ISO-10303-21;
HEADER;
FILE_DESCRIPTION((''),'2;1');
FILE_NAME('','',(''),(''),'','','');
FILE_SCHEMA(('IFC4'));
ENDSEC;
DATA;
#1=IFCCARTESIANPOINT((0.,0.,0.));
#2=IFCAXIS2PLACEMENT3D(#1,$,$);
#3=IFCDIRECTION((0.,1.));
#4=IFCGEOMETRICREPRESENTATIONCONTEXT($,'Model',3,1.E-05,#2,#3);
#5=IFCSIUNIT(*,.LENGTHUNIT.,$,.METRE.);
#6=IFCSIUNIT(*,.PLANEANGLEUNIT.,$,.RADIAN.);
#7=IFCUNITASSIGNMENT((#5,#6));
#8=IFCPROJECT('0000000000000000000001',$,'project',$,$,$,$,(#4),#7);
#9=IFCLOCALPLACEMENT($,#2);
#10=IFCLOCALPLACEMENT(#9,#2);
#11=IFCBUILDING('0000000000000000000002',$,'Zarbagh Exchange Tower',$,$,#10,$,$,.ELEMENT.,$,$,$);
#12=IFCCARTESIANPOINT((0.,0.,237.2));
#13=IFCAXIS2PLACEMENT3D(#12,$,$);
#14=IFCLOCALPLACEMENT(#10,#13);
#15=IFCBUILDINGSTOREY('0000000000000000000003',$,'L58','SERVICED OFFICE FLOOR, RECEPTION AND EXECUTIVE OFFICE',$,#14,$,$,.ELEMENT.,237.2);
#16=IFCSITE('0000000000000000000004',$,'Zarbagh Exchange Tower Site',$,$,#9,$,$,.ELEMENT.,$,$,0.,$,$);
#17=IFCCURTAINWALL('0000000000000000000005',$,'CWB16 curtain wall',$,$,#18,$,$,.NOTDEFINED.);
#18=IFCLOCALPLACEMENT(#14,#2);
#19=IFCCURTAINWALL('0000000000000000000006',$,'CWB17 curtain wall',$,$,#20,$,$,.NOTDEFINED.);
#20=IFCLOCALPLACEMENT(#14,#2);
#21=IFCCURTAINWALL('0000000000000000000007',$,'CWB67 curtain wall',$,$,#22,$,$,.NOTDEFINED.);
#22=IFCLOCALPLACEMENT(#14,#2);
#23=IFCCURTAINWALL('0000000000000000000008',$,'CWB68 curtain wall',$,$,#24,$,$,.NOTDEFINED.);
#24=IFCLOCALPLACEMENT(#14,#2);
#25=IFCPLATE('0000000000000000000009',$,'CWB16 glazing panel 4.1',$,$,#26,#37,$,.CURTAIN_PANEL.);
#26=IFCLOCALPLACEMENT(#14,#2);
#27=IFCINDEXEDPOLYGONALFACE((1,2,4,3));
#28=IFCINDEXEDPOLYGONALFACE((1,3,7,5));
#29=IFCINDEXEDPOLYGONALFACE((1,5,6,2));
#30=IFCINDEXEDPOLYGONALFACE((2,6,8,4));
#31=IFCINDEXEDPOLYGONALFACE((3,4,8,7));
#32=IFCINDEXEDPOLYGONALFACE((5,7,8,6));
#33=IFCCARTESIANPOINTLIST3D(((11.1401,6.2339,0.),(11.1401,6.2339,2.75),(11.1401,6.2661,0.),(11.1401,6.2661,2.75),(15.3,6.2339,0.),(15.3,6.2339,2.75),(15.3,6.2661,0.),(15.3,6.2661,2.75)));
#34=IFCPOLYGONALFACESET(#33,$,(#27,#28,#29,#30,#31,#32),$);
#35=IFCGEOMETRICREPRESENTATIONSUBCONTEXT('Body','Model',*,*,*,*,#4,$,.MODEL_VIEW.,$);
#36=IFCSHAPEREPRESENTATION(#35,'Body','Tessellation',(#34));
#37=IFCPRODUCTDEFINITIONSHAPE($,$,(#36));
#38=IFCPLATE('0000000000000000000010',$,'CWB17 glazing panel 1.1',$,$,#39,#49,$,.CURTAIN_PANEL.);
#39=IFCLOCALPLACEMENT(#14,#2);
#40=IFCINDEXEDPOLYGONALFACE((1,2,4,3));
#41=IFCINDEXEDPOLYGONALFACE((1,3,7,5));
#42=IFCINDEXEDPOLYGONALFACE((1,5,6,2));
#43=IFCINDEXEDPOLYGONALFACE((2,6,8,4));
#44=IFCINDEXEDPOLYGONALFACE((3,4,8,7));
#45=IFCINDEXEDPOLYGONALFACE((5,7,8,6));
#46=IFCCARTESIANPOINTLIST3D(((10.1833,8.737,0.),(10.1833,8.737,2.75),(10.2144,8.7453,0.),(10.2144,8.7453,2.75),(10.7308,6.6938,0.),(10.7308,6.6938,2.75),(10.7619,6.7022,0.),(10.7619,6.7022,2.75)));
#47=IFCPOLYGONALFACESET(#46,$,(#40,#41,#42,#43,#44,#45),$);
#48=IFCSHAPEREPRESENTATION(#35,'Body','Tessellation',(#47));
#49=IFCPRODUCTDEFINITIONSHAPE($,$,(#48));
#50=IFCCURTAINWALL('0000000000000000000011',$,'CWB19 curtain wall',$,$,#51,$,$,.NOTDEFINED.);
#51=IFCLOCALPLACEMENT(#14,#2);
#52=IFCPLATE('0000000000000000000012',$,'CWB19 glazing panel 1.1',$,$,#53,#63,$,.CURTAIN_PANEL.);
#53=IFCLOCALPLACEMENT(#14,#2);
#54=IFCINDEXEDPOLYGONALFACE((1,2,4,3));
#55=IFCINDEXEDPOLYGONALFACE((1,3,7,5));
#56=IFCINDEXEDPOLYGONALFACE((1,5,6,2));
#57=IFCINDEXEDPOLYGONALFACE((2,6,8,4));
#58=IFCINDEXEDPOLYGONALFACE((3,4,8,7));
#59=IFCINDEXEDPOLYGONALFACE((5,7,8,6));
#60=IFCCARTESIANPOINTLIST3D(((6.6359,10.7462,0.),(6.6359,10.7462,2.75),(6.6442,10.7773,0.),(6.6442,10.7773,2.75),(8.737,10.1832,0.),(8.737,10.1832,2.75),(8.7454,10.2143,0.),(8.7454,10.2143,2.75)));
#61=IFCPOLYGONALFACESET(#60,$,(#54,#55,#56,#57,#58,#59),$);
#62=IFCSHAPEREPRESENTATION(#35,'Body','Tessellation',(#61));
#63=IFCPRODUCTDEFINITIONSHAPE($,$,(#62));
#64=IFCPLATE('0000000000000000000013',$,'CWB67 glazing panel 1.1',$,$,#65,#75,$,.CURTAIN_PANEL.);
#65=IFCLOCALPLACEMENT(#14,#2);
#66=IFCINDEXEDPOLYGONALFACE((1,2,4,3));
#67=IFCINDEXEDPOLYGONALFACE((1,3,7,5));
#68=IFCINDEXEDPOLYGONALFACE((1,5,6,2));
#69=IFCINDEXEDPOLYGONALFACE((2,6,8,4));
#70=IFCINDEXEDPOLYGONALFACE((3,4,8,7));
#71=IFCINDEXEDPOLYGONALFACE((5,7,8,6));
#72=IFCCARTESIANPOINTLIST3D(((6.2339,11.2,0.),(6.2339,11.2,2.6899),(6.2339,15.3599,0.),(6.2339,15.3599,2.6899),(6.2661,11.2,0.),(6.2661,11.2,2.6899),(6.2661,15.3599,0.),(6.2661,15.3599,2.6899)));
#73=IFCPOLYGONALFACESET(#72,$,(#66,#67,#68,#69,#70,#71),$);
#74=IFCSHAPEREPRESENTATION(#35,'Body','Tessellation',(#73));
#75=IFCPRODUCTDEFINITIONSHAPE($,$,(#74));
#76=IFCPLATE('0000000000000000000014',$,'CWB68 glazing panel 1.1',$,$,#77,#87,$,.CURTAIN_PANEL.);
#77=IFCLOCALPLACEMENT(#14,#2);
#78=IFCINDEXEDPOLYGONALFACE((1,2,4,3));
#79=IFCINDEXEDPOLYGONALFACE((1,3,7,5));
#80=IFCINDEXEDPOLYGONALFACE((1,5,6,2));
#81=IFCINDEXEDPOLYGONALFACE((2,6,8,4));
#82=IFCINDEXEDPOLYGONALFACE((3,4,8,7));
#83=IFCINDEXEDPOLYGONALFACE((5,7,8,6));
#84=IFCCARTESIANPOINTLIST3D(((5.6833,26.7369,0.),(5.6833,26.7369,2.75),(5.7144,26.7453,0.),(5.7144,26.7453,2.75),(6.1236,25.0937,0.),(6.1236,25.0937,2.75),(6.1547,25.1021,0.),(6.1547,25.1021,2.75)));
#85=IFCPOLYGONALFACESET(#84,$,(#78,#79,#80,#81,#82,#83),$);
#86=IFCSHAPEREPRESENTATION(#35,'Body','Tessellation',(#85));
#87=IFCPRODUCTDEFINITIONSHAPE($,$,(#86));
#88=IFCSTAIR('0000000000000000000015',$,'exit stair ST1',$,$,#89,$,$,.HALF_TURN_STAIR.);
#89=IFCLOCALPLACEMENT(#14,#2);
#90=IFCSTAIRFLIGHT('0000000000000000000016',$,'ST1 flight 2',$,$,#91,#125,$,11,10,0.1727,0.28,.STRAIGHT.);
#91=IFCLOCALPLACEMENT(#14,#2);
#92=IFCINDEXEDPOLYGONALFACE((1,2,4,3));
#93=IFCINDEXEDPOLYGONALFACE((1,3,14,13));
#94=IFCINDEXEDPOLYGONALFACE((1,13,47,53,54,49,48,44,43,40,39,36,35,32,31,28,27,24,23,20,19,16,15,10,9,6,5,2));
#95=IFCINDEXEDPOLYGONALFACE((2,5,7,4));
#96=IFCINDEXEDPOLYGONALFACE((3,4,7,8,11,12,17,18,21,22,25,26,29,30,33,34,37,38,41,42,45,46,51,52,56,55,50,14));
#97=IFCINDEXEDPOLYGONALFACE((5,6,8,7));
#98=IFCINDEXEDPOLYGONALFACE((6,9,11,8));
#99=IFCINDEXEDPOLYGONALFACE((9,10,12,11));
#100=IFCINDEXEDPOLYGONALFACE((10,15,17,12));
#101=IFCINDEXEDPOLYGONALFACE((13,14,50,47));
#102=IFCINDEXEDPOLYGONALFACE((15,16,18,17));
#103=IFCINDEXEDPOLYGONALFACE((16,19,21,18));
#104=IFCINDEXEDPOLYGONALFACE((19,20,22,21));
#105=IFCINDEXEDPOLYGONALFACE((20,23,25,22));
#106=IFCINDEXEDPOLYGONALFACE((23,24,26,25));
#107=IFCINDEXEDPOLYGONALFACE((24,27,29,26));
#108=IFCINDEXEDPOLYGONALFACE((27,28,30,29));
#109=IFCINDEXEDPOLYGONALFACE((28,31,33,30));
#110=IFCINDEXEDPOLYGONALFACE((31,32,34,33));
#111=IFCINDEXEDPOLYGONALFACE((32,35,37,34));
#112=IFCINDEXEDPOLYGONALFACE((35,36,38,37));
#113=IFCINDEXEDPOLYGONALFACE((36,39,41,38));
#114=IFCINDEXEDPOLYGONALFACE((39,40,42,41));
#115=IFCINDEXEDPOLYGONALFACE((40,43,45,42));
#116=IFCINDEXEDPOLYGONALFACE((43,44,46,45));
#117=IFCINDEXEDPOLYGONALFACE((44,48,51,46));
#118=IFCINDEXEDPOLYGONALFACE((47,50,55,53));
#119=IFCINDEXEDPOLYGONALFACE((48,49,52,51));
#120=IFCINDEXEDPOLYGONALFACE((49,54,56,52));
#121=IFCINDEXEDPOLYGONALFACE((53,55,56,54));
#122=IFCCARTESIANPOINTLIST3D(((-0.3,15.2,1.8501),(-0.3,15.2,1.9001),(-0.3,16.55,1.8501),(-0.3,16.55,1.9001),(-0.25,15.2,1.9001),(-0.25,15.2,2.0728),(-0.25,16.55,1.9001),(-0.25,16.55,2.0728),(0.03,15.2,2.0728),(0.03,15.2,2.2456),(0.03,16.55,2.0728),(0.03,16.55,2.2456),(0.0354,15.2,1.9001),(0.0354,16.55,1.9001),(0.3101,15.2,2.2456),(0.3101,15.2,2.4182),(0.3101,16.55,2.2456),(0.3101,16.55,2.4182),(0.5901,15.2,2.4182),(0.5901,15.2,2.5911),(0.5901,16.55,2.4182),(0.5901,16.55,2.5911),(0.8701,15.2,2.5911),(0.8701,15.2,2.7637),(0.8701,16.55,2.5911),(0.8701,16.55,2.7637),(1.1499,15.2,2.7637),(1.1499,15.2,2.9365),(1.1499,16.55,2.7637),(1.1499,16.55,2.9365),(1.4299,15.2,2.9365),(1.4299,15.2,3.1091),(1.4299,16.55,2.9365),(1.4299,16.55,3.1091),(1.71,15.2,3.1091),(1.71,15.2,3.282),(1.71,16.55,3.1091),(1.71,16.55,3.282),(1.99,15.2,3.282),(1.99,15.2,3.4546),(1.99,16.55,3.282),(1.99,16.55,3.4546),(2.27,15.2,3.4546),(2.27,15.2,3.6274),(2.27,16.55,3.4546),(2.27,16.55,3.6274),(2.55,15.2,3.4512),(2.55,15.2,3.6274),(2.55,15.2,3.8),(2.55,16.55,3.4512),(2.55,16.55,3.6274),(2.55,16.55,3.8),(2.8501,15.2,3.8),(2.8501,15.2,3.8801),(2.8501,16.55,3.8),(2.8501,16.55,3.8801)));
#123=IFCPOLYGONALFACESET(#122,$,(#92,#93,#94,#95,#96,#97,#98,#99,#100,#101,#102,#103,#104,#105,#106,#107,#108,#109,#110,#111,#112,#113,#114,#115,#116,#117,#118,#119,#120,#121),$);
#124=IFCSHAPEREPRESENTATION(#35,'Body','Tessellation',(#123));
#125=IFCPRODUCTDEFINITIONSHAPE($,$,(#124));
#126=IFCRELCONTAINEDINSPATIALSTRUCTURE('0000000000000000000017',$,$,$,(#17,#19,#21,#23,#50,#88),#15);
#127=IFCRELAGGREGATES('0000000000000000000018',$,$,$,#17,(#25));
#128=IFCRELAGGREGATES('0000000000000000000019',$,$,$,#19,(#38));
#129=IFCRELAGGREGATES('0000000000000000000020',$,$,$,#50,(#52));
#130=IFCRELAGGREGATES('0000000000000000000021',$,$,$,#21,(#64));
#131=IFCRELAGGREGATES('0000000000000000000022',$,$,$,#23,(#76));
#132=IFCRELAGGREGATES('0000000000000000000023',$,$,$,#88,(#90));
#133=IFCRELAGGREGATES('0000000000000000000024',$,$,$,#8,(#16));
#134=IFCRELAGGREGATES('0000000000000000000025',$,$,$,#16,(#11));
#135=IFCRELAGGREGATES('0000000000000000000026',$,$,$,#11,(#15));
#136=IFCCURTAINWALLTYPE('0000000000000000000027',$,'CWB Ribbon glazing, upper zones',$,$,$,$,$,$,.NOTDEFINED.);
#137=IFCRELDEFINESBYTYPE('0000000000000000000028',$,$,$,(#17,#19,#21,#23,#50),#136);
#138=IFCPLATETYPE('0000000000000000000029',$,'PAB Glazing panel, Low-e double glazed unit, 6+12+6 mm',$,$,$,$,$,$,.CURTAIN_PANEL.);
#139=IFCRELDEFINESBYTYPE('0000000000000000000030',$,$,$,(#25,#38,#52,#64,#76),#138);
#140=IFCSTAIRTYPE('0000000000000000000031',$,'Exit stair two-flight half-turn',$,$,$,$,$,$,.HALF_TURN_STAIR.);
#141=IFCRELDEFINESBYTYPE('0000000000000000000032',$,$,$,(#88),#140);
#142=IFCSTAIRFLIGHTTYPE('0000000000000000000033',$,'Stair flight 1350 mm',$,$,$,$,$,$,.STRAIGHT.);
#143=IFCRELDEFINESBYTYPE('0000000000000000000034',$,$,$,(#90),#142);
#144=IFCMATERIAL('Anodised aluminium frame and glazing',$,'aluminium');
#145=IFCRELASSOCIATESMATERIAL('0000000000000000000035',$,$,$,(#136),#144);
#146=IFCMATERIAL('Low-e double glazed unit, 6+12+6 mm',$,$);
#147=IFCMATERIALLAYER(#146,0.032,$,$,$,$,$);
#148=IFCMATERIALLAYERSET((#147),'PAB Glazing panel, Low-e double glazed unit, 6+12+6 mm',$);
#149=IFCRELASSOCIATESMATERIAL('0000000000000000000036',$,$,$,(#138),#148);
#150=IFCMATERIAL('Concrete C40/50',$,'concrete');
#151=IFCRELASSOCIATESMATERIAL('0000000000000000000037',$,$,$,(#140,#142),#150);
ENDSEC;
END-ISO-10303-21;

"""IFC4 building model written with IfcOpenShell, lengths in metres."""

from ifc_helpers import new_model, si_unit, direction, frame, origin, place, context, subcontext, project, spatial, polyline, outline, extrude, source, transform, mapped, material, layer, layer_set, type_object, element, aggregate, save


model = new_model("IFC4")

# Units and contexts
model_context = context("Model", 3, precision=1e-05, world=origin(), true_north=direction((0.0, 1.0)))
body_context = subcontext(model_context, "Body", "Model", "MODEL_VIEW")
ifc_project = project(units=[si_unit("LENGTHUNIT", "METRE"), si_unit("PLANEANGLEUNIT", "RADIAN")], contexts=[model_context])

# Site, building, storey
site_placement = place(None, origin())
site = spatial("IfcSite", under=ifc_project, at=site_placement, Name="Zarbagh Exchange Tower Site", CompositionType="ELEMENT", RefElevation=0.0)
building_placement = place(site_placement, origin())
building = spatial("IfcBuilding", under=site, at=building_placement, Name="Zarbagh Exchange Tower", CompositionType="ELEMENT")
storey_placement = place(building_placement, frame((0.0, 0.0, 237.2)))
storey = spatial("IfcBuildingStorey", under=building, at=storey_placement, Name="L58", Description="SERVICED OFFICE FLOOR, RECEPTION AND EXECUTIVE OFFICE", CompositionType="ELEMENT", Elevation=237.2)

# Curtain wall
ifc_material_1 = material(Name="Anodised aluminium frame and glazing", Category="aluminium")
curtain_wall_type = type_object("IfcCurtainWallType", Name="CWB Ribbon glazing, upper zones", PredefinedType="NOTDEFINED", material=ifc_material_1)
curtain_wall_1_placement = place(storey_placement, origin())
curtain_wall_1 = element("IfcCurtainWall", 1, at=curtain_wall_1_placement, inside=storey, type_object=curtain_wall_type, Name="CWB16 curtain wall", PredefinedType="NOTDEFINED")
placement = place(storey_placement, origin())

# Curtain wall
curtain_wall_2_placement = place(storey_placement, origin())
curtain_wall_2 = element("IfcCurtainWall", 2, at=curtain_wall_2_placement, inside=storey, type_object=curtain_wall_type, Name="CWB17 curtain wall", PredefinedType="NOTDEFINED")

# Curtain wall
curtain_wall_3_placement = place(storey_placement, origin())
curtain_wall_3 = element("IfcCurtainWall", 3, at=curtain_wall_3_placement, inside=storey, type_object=curtain_wall_type, Name="CWB67 curtain wall", PredefinedType="NOTDEFINED")

# Curtain wall
curtain_wall_4_placement = place(storey_placement, origin())
curtain_wall_4 = element("IfcCurtainWall", 4, at=curtain_wall_4_placement, inside=storey, type_object=curtain_wall_type, Name="CWB68 curtain wall", PredefinedType="NOTDEFINED")

# Shared definitions
ifc_material_2 = material(Name="Low-e double glazed unit, 6+12+6 mm")
ifc_layer = layer(ifc_material_2, 0.032)
ifc_layer_set = layer_set([ifc_layer], Name="PAB Glazing panel, Low-e double glazed unit, 6+12+6 mm")
plate_type = type_object("IfcPlateType", Name="PAB Glazing panel, Low-e double glazed unit, 6+12+6 mm", PredefinedType="CURTAIN_PANEL", material=ifc_layer_set)

# Plates
shared_shape_1 = source(origin(), body_context, "Body", "SweptSolid", [
    extrude(outline(polyline([(0.0, -0.0161), (4.1599, -0.0161), (4.1599, 0.0161), (0.0, 0.0161), (0.0, -0.0161)])), origin(), (0.0, 0.0, 1.0), 2.75),
])
plate_1 = element("IfcPlate", 5, at=placement, type_object=plate_type, Name="CWB16 glazing panel 4.1", PredefinedType="CURTAIN_PANEL", context=body_context, shape_type="MappedRepresentation", body=[
    mapped(shared_shape_1, transform((15.3, 6.25, 0.0), x_axis=(-1.0, 0.0, 0.0), y_axis=(0.0, -1.0, 0.0), z_axis=(0.0, 0.0, 1.0))),
])
aggregate(curtain_wall_1, [plate_1])
shared_shape_2 = source(origin(), body_context, "Body", "SweptSolid", [
    extrude(outline(polyline([(0.0, -0.0161), (2.1152, -0.0161), (2.1152, 0.0161), (0.0, 0.0161), (0.0, -0.0161)])), origin(), (0.0, 0.0, 1.0), 2.75),
])
plate_2 = element("IfcPlate", 6, at=placement, type_object=plate_type, Name="CWB17 glazing panel 1.1", PredefinedType="CURTAIN_PANEL", context=body_context, shape_type="MappedRepresentation", body=[
    mapped(shared_shape_2, transform((10.7463, 6.698, 0.0), x_axis=(-0.258825, 0.965924, 0.0), y_axis=(-0.965924, -0.258825, 0.0), z_axis=(0.0, 0.0, 1.0))),
])
aggregate(curtain_wall_2, [plate_2])

# Curtain wall, plate
curtain_wall_5_placement = place(storey_placement, origin())
curtain_wall_5 = element("IfcCurtainWall", 7, at=curtain_wall_5_placement, inside=storey, type_object=curtain_wall_type, Name="CWB19 curtain wall", PredefinedType="NOTDEFINED")
shared_shape_3 = source(origin(), body_context, "Body", "SweptSolid", [
    extrude(outline(polyline([(0.0, -0.0161), (2.1753, -0.0161), (2.1753, 0.0161), (0.0, 0.0161), (0.0, -0.0161)])), origin(), (0.0, 0.0, 1.0), 2.75),
])
plate_3 = element("IfcPlate", 8, at=placement, type_object=plate_type, Name="CWB19 glazing panel 1.1", PredefinedType="CURTAIN_PANEL", context=body_context, shape_type="MappedRepresentation", body=[
    mapped(shared_shape_3, transform((8.7412, 10.1987, 0.0), x_axis=(-0.965924, 0.258825, 0.0), y_axis=(-0.258825, -0.965924, 0.0), z_axis=(0.0, 0.0, 1.0))),
])
aggregate(curtain_wall_5, [plate_3])

# Plates
shared_shape_4 = source(origin(), body_context, "Body", "SweptSolid", [
    extrude(outline(polyline([(0.0, -0.0161), (4.1599, -0.0161), (4.1599, 0.0161), (0.0, 0.0161), (0.0, -0.0161)])), origin(), (0.0, 0.0, 1.0), 2.6899),
])
plate_4 = element("IfcPlate", 9, at=placement, type_object=plate_type, Name="CWB67 glazing panel 1.1", PredefinedType="CURTAIN_PANEL", context=body_context, shape_type="MappedRepresentation", body=[
    mapped(shared_shape_4, transform((6.25, 11.2, 0.0), x_axis=(0.0, 1.0, 0.0), y_axis=(-1.0, 0.0, 0.0), z_axis=(0.0, 0.0, 1.0))),
])
aggregate(curtain_wall_3, [plate_4])
shared_shape_5 = source(origin(), body_context, "Body", "SweptSolid", [
    extrude(outline(polyline([(0.0, -0.0161), (1.7012, -0.0161), (1.7012, 0.0161), (0.0, 0.0161), (0.0, -0.0161)])), origin(), (0.0, 0.0, 1.0), 2.75),
])
plate_5 = element("IfcPlate", 10, at=placement, type_object=plate_type, Name="CWB68 glazing panel 1.1", PredefinedType="CURTAIN_PANEL", context=body_context, shape_type="MappedRepresentation", body=[
    mapped(shared_shape_5, transform((6.1392, 25.0979, 0.0), x_axis=(-0.258825, 0.965924, 0.0), y_axis=(-0.965924, -0.258825, 0.0), z_axis=(0.0, 0.0, 1.0))),
])
aggregate(curtain_wall_4, [plate_5])

# Stair, stair flight
ifc_material_3 = material(Name="Concrete C40/50", Category="concrete")
stair_type = type_object("IfcStairType", Name="Exit stair two-flight half-turn", PredefinedType="HALF_TURN_STAIR", material=ifc_material_3)
stair_placement = place(storey_placement, origin())
stair = element("IfcStair", 11, at=stair_placement, inside=storey, type_object=stair_type, Name="exit stair ST1", PredefinedType="HALF_TURN_STAIR")
stair_flight_type = type_object("IfcStairFlightType", Name="Stair flight 1350 mm", PredefinedType="STRAIGHT", material=ifc_material_3)
stair_flight_placement = place(storey_placement, frame((-0.25, 15.875, 1.9001), z_axis=(0.0, 0.0, 1.0), x_axis=(1.0, 0.0, 0.0)))
stair_flight = element("IfcStairFlight", 12, at=stair_flight_placement, type_object=stair_flight_type, Name="ST1 flight 2", NumberOfRisers=11, NumberOfTreads=10, PredefinedType="STRAIGHT", RiserHeight=0.1727, TreadLength=0.28, context=body_context, shape_type="SweptSolid", body=[
    extrude(outline(polyline([(-0.05, -0.05), (-0.05, 0.0), (0.0, 0.0), (0.0, 0.1726), (0.28, 0.1726), (0.28, 0.3455), (0.5601, 0.3455), (0.5601, 0.5181), (0.8401, 0.5181), (0.8401, 0.6909), (1.1201, 0.6909), (1.1201, 0.8635), (1.3999, 0.8635), (1.3999, 1.0364), (1.6799, 1.0364), (1.6799, 1.209), (1.96, 1.209), (1.96, 1.3818), (2.24, 1.3818), (2.24, 1.5544), (2.52, 1.5544), (2.52, 1.7273), (2.8, 1.7273), (2.8, 1.8999), (3.1001, 1.98), (3.1001, 1.8999), (2.8, 1.551), (0.2854, 0.0), (-0.05, -0.05)])), frame((0.0, 0.675, 0.0), z_axis=(0.0, -1.0, 0.0), x_axis=(1.0, 0.0, 0.0)), (0.0, 0.0, 1.0), 1.3501),
])
aggregate(stair, [stair_flight])

save(model, "model.ifc")
